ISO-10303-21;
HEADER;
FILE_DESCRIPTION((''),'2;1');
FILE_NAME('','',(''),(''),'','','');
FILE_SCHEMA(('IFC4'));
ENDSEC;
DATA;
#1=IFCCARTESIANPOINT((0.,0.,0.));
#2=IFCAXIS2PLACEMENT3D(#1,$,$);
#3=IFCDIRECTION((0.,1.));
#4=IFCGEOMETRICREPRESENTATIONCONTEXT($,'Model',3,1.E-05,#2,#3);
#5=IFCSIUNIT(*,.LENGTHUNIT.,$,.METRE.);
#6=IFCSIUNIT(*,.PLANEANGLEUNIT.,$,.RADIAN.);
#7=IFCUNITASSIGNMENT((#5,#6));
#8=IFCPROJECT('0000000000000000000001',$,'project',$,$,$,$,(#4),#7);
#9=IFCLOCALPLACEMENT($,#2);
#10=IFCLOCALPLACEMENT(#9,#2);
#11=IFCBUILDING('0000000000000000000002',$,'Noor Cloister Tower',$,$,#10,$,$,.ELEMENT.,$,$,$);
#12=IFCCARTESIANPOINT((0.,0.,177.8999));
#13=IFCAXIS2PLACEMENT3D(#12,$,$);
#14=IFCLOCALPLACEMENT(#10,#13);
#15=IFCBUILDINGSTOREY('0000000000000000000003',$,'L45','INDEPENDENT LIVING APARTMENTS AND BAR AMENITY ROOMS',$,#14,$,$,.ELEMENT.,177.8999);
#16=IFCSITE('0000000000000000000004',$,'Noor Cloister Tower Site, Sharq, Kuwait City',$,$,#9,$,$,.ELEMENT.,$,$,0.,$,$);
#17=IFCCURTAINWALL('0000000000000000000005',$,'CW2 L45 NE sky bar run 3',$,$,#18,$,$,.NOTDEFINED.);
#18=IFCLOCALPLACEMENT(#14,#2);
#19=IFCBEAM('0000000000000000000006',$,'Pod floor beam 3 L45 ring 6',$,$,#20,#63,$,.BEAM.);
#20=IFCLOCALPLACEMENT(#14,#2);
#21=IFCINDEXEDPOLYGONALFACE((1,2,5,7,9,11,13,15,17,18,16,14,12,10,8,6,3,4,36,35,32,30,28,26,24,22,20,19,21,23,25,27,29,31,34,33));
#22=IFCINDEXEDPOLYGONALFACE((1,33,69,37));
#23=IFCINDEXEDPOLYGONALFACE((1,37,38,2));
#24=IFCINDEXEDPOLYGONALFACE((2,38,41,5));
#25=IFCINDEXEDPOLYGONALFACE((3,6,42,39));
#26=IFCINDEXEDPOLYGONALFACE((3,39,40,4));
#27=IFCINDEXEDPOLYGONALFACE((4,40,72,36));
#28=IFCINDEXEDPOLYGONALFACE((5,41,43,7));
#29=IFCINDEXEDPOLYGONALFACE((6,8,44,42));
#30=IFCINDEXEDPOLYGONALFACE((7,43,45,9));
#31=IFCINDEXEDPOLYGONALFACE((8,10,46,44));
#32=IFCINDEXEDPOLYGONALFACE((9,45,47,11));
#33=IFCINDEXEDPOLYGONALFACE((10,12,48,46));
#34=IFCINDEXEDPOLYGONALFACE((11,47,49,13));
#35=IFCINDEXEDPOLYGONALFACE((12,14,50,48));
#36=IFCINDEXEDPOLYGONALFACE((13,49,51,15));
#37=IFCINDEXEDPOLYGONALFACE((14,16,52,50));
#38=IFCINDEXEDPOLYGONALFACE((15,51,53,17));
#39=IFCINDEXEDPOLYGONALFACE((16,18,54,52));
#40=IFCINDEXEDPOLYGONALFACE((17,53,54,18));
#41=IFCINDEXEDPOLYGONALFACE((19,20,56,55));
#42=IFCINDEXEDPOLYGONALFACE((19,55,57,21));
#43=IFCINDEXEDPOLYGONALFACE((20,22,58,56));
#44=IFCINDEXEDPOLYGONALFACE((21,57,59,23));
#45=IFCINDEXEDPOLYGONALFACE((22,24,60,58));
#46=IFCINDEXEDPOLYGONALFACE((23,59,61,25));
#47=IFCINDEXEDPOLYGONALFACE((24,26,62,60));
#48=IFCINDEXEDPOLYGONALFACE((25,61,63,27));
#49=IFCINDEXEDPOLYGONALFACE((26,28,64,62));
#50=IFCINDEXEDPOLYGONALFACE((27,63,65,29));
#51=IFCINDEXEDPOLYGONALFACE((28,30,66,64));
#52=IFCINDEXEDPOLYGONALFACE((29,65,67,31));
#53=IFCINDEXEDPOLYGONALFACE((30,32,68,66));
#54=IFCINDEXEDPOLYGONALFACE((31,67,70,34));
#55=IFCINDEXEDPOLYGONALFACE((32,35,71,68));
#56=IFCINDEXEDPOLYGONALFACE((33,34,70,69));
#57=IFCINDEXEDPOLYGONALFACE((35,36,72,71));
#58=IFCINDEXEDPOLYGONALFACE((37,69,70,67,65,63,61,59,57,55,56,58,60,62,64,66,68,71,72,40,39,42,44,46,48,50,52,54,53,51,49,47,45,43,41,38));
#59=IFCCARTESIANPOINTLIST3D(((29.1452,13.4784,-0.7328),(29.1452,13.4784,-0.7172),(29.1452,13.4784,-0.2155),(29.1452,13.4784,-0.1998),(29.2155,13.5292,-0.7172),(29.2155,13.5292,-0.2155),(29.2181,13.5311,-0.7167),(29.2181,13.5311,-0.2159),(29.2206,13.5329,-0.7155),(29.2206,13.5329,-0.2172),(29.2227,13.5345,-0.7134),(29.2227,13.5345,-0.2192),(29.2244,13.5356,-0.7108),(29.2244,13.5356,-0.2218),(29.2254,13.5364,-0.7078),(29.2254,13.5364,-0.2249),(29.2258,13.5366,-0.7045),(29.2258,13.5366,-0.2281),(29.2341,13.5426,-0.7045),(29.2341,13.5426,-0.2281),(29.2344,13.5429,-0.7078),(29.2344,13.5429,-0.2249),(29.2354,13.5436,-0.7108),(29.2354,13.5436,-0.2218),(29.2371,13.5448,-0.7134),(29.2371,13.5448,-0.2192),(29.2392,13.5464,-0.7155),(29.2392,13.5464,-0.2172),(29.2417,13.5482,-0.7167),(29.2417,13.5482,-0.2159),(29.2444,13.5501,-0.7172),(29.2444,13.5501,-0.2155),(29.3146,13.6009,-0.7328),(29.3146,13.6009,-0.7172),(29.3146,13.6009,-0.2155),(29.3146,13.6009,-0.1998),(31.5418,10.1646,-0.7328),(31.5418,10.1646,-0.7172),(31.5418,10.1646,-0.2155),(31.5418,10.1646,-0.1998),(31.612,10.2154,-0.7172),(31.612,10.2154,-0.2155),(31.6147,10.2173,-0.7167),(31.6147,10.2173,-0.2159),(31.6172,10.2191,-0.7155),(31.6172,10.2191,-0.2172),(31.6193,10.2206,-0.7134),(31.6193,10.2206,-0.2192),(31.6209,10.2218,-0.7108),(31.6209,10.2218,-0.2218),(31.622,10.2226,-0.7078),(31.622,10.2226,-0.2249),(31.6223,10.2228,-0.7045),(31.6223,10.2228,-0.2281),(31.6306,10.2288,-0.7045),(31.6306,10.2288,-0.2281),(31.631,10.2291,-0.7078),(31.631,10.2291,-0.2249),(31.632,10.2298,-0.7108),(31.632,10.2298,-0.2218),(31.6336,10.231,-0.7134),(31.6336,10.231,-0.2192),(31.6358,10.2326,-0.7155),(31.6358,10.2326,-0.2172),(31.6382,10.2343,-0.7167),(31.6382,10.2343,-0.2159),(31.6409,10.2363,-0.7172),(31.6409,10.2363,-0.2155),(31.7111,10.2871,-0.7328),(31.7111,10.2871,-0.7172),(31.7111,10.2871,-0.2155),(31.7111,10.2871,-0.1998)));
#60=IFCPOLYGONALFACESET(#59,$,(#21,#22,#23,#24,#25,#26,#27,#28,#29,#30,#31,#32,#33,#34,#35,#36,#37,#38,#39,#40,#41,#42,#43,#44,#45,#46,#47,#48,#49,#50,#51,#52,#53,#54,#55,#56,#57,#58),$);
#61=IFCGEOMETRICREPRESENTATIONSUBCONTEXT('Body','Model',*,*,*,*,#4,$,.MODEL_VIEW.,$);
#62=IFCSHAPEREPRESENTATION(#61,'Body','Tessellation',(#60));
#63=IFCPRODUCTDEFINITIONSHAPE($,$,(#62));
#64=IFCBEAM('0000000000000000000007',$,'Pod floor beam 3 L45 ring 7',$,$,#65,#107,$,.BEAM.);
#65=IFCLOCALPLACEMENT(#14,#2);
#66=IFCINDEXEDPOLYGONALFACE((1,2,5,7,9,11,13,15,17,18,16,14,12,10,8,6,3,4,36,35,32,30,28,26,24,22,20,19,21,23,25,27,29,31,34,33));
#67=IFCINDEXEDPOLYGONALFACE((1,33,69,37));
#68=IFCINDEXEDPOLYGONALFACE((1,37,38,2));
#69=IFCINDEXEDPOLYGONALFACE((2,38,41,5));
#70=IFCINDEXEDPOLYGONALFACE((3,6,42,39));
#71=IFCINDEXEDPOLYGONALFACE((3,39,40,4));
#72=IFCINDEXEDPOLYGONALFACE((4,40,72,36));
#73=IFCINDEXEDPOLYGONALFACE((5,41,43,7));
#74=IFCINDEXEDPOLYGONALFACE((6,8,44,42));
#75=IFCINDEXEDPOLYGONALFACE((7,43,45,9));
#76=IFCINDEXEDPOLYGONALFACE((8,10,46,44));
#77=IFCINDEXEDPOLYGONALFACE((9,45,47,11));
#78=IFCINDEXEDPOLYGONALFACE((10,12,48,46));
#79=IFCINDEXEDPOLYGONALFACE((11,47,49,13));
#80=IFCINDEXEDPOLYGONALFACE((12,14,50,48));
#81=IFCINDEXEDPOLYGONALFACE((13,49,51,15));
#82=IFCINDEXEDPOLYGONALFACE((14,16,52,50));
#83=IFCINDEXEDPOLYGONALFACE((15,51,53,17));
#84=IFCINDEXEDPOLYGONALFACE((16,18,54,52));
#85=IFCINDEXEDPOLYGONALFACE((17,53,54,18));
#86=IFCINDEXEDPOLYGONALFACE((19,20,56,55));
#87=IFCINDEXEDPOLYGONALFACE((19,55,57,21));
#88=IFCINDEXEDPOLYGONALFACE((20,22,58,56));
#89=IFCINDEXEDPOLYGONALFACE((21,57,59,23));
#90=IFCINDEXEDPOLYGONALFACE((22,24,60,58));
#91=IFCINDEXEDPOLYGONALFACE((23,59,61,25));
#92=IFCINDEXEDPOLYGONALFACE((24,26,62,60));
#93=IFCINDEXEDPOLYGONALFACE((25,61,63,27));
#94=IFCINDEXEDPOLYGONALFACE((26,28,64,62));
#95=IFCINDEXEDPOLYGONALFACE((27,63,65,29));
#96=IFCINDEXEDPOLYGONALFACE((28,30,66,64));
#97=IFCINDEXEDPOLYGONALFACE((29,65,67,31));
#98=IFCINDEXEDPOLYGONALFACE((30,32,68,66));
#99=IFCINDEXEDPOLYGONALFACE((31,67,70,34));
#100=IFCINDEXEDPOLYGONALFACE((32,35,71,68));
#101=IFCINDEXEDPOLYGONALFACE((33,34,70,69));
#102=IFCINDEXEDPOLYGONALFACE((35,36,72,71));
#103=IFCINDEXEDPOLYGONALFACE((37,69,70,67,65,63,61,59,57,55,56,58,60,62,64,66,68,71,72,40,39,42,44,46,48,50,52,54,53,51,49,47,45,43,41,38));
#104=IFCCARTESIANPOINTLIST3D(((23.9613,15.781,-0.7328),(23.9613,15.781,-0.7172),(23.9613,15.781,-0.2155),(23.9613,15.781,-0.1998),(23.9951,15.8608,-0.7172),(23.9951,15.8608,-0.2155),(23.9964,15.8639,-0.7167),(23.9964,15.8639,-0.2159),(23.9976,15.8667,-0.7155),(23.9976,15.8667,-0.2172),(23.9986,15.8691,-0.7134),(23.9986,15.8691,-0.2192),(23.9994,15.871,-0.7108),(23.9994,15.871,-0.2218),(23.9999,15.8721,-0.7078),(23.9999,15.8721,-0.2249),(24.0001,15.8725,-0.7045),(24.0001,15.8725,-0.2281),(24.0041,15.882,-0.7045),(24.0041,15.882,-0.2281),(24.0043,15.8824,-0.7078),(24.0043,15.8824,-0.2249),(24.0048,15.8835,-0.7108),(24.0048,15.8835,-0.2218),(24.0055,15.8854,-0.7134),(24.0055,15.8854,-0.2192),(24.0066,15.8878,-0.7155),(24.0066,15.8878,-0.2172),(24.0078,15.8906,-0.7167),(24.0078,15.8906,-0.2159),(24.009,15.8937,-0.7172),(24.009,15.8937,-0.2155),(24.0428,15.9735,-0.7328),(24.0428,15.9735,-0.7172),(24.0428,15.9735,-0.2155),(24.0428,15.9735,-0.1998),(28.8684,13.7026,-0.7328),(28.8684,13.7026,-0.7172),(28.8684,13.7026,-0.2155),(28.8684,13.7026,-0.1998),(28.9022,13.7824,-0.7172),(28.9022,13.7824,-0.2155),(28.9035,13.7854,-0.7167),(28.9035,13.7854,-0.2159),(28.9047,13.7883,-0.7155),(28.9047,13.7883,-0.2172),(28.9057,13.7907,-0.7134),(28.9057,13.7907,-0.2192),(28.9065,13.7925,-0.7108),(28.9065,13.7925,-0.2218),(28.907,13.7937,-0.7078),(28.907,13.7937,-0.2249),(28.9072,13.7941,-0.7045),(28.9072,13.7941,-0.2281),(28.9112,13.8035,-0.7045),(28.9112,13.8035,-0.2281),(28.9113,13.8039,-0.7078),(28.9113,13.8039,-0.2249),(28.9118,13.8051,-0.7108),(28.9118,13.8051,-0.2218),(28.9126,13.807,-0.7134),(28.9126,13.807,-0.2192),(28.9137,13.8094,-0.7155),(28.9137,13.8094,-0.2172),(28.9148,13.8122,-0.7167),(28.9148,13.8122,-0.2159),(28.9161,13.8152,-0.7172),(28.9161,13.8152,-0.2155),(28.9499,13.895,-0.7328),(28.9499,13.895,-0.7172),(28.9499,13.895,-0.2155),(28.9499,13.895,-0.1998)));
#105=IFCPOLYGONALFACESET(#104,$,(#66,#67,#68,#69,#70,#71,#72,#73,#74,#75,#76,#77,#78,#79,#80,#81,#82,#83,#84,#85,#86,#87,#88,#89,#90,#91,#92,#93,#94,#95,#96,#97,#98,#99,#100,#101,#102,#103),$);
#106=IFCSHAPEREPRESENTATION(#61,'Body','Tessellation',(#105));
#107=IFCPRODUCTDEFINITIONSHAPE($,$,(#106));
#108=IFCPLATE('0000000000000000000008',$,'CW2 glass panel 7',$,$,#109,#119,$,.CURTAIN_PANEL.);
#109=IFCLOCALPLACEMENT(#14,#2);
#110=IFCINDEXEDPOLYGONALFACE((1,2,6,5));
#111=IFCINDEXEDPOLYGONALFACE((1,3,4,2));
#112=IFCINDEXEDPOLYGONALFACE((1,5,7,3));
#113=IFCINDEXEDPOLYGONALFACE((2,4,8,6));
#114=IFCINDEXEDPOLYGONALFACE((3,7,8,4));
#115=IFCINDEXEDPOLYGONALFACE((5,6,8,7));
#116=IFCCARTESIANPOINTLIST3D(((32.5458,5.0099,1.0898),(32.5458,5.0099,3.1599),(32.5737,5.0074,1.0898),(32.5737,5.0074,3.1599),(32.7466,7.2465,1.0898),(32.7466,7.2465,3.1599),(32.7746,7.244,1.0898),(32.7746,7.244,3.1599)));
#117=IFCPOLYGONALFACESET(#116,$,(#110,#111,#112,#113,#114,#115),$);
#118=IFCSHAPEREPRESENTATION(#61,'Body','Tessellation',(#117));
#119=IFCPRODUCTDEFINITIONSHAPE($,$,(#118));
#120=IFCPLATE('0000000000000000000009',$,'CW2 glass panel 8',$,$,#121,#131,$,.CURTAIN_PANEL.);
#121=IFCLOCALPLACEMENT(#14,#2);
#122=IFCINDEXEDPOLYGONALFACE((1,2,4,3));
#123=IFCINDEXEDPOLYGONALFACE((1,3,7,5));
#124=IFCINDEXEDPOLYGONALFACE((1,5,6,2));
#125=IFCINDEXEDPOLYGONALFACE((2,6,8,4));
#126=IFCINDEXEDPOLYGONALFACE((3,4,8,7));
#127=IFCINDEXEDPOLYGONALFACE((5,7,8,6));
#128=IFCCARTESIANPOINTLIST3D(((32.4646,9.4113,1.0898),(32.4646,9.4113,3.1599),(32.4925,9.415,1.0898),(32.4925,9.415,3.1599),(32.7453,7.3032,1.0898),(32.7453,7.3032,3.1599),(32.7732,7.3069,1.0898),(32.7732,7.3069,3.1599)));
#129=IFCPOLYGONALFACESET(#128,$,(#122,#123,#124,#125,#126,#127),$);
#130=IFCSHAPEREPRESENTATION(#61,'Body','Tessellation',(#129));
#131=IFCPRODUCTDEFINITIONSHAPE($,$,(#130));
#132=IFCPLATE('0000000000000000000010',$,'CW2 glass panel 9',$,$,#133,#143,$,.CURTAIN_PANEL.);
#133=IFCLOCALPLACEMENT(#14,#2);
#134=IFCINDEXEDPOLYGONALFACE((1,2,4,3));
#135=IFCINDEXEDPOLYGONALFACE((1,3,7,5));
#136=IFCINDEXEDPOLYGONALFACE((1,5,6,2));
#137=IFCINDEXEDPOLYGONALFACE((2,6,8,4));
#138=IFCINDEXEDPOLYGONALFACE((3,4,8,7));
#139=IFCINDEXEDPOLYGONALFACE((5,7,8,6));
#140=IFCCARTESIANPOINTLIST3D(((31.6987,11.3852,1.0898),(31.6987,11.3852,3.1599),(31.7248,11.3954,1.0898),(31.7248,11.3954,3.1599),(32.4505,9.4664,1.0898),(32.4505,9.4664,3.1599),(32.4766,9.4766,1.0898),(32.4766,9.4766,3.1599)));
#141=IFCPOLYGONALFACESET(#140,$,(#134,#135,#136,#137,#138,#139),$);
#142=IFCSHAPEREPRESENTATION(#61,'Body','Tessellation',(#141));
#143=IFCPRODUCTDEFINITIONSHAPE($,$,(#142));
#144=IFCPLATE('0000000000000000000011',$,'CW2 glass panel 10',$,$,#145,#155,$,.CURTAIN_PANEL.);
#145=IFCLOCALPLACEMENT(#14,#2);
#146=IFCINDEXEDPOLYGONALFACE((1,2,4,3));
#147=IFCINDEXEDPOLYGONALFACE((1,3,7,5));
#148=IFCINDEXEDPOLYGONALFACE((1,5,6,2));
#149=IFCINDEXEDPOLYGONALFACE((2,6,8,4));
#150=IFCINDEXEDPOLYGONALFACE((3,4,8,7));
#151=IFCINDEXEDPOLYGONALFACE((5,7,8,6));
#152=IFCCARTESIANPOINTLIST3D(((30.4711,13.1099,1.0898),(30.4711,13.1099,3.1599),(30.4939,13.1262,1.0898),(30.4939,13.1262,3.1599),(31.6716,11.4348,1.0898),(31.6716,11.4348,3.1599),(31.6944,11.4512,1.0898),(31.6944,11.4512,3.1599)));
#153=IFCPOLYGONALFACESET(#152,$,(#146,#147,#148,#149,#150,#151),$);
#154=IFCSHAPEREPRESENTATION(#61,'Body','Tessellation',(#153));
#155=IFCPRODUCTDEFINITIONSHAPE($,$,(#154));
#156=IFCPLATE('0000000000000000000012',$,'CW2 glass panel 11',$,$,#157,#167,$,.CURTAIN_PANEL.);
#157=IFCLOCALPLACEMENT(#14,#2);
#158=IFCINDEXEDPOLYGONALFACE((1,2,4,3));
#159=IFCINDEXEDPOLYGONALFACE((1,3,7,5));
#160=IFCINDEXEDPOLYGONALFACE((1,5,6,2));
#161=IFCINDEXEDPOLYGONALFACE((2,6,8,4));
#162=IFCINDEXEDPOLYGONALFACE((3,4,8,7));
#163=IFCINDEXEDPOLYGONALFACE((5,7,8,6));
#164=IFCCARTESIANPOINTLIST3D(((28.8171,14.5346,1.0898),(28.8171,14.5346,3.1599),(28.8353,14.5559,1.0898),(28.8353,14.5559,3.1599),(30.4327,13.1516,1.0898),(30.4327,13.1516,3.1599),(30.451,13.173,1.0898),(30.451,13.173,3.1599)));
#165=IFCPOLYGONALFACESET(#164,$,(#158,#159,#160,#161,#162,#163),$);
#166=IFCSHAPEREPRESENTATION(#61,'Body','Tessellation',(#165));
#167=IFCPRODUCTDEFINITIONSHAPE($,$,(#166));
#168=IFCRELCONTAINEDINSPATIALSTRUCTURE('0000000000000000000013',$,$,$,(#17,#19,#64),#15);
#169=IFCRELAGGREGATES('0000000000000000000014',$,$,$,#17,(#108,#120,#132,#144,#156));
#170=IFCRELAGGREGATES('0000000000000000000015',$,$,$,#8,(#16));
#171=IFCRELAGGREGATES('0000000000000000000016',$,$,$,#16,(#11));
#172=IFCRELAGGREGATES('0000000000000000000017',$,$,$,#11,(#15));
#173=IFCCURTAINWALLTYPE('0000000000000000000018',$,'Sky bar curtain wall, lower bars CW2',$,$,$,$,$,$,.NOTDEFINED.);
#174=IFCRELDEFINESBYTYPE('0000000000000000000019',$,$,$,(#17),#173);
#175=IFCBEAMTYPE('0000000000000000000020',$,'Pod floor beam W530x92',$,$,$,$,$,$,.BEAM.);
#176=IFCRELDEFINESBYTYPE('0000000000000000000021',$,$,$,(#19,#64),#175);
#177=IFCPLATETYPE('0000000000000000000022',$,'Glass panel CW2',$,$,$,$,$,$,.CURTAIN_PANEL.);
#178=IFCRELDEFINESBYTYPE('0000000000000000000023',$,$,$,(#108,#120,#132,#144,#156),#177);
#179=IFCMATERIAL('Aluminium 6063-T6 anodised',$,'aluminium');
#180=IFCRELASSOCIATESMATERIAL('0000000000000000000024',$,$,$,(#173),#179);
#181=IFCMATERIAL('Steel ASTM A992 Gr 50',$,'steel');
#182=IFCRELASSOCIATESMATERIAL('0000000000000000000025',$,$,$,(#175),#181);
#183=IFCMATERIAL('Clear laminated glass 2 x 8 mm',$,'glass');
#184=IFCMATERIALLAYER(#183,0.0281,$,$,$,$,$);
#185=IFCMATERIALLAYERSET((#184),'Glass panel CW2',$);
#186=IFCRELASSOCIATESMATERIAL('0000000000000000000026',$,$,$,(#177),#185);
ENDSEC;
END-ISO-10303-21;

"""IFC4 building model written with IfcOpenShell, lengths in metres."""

from ifc_helpers import new_model, si_unit, direction, frame, origin, origin_2d, place, context, subcontext, project, spatial, rectangle, i_section, extrude, material, layer, layer_set, material_profile, profile_set, type_object, element, aggregate, save


model = new_model("IFC4")

# Units and contexts
model_context = context("Model", 3, precision=1e-05, world=origin(), true_north=direction((0.0, 1.0)))
body_context = subcontext(model_context, "Body", "Model", "MODEL_VIEW")
ifc_project = project(units=[si_unit("LENGTHUNIT", "METRE"), si_unit("PLANEANGLEUNIT", "RADIAN")], contexts=[model_context])

# Site, building, storey
site_placement = place(None, origin())
site = spatial("IfcSite", under=ifc_project, at=site_placement, Name="Noor Cloister Tower Site, Sharq, Kuwait City", CompositionType="ELEMENT", RefElevation=0.0)
building_placement = place(site_placement, origin())
building = spatial("IfcBuilding", under=site, at=building_placement, Name="Noor Cloister Tower", CompositionType="ELEMENT")
storey_placement = place(building_placement, frame((0.0, 0.0, 177.8999)))
storey = spatial("IfcBuildingStorey", under=building, at=storey_placement, Name="L45", Description="INDEPENDENT LIVING APARTMENTS AND BAR AMENITY ROOMS", CompositionType="ELEMENT", Elevation=177.8999)

# Curtain wall
ifc_material_1 = material(Name="Aluminium 6063-T6 anodised", Category="aluminium")
curtain_wall_type = type_object("IfcCurtainWallType", Name="Sky bar curtain wall, lower bars CW2", PredefinedType="NOTDEFINED", material=ifc_material_1)
curtain_wall_placement = place(storey_placement, origin())
curtain_wall = element("IfcCurtainWall", 1, at=curtain_wall_placement, inside=storey, type_object=curtain_wall_type, Name="CW2 L45 NE sky bar run 3", PredefinedType="NOTDEFINED")

# Beams
ifc_material_2 = material(Name="Steel ASTM A992 Gr 50", Category="steel")
ifc_material_profile_1 = material_profile(ifc_material_2, i_section(OverallWidth=0.209, OverallDepth=0.533, WebThickness=0.0103, FlangeThickness=0.0156, FilletRadius=0.0127, at=origin_2d()), Name="W530x92")
ifc_profile_set_1 = profile_set([ifc_material_profile_1], Name="Steel ASTM A992 Gr 50")
beam_type = type_object("IfcBeamType", Name="Pod floor beam W530x92", PredefinedType="BEAM", material=ifc_profile_set_1)
beam_1_placement = place(storey_placement, frame((31.6265, 10.2258, -0.4663), z_axis=(-0.586011, 0.810303, 0.0), x_axis=(-0.810303, -0.586011, 0.0)))
element("IfcBeam", 2, at=beam_1_placement, inside=storey, type_object=beam_type, Name="Pod floor beam 3 L45 ring 6", PredefinedType="BEAM", context=body_context, shape_type="SweptSolid", body=[
    extrude(i_section(OverallWidth=0.209, OverallDepth=0.533, WebThickness=0.0103, FlangeThickness=0.0156, FilletRadius=0.0127, at=origin_2d()), origin(), (0.0, 0.0, 1.0), 4.0896),
])
beam_2_placement = place(storey_placement, frame((28.9092, 13.7988, -0.4663), z_axis=(-0.92081, 0.390012, 0.0), x_axis=(-0.390012, -0.92081, 0.0)))
element("IfcBeam", 3, at=beam_2_placement, inside=storey, type_object=beam_type, Name="Pod floor beam 3 L45 ring 7", PredefinedType="BEAM", context=body_context, shape_type="SweptSolid", body=[
    extrude(i_section(OverallWidth=0.209, OverallDepth=0.533, WebThickness=0.0103, FlangeThickness=0.0156, FilletRadius=0.0127, at=origin_2d()), origin(), (0.0, 0.0, 1.0), 5.3291),
])

# Plates
ifc_material_3 = material(Name="Clear laminated glass 2 x 8 mm", Category="glass")
ifc_layer_1 = layer(ifc_material_3, 0.0281)
ifc_layer_set_1 = layer_set([ifc_layer_1], Name="Glass panel CW2")
plate_type = type_object("IfcPlateType", Name="Glass panel CW2", PredefinedType="CURTAIN_PANEL", material=ifc_layer_set_1)
plate_1_placement = place(storey_placement, frame((32.6602, 6.127, 1.0898), z_axis=(0.0, 0.0, 1.0), x_axis=(0.089433, 0.995993, 0.0)))
plate_1 = element("IfcPlate", 4, at=plate_1_placement, type_object=plate_type, Name="CW2 glass panel 7", PredefinedType="CURTAIN_PANEL", context=body_context, shape_type="SweptSolid", body=[
    extrude(rectangle(XDim=2.2456, YDim=0.0281, at=origin_2d()), origin(), (0.0, 0.0, 1.0), 2.0701),
])
plate_2_placement = place(storey_placement, frame((32.6189, 8.3591, 1.0898), z_axis=(0.0, 0.0, 1.0), x_axis=(-0.131999, 0.99125, 0.0)))
plate_2 = element("IfcPlate", 5, at=plate_2_placement, type_object=plate_type, Name="CW2 glass panel 8", PredefinedType="CURTAIN_PANEL", context=body_context, shape_type="SweptSolid", body=[
    extrude(rectangle(XDim=2.1267, YDim=0.0281, at=origin_2d()), origin(), (0.0, 0.0, 1.0), 2.0701),
])
plate_3_placement = place(storey_placement, frame((32.0876, 10.4309, 1.0898), z_axis=(0.0, 0.0, 1.0), x_axis=(-0.364789, 0.93109, 0.0)))
plate_3 = element("IfcPlate", 6, at=plate_3_placement, type_object=plate_type, Name="CW2 glass panel 9", PredefinedType="CURTAIN_PANEL", context=body_context, shape_type="SweptSolid", body=[
    extrude(rectangle(XDim=2.0608, YDim=0.0281, at=origin_2d()), origin(), (0.0, 0.0, 1.0), 2.0701),
])
plate_4_placement = place(storey_placement, frame((31.0828, 12.2805, 1.0898), z_axis=(0.0, 0.0, 1.0), x_axis=(-0.582524, 0.812814, 0.0)))
plate_4 = element("IfcPlate", 7, at=plate_4_placement, type_object=plate_type, Name="CW2 glass panel 10", PredefinedType="CURTAIN_PANEL", context=body_context, shape_type="SweptSolid", body=[
    extrude(rectangle(XDim=2.0608, YDim=0.0281, at=origin_2d()), origin(), (0.0, 0.0, 1.0), 2.0701),
])
plate_5_placement = place(storey_placement, frame((29.634, 13.8538, 1.0898), z_axis=(0.0, 0.0, 1.0), x_axis=(-0.7597, 0.650274, 0.0)))
plate_5 = element("IfcPlate", 8, at=plate_5_placement, type_object=plate_type, Name="CW2 glass panel 11", PredefinedType="CURTAIN_PANEL", context=body_context, shape_type="SweptSolid", body=[
    extrude(rectangle(XDim=2.1267, YDim=0.0281, at=origin_2d()), origin(), (0.0, 0.0, 1.0), 2.0701),
])
aggregate(curtain_wall, [plate_1, plate_2, plate_3, plate_4, plate_5])

save(model, "model.ifc")
